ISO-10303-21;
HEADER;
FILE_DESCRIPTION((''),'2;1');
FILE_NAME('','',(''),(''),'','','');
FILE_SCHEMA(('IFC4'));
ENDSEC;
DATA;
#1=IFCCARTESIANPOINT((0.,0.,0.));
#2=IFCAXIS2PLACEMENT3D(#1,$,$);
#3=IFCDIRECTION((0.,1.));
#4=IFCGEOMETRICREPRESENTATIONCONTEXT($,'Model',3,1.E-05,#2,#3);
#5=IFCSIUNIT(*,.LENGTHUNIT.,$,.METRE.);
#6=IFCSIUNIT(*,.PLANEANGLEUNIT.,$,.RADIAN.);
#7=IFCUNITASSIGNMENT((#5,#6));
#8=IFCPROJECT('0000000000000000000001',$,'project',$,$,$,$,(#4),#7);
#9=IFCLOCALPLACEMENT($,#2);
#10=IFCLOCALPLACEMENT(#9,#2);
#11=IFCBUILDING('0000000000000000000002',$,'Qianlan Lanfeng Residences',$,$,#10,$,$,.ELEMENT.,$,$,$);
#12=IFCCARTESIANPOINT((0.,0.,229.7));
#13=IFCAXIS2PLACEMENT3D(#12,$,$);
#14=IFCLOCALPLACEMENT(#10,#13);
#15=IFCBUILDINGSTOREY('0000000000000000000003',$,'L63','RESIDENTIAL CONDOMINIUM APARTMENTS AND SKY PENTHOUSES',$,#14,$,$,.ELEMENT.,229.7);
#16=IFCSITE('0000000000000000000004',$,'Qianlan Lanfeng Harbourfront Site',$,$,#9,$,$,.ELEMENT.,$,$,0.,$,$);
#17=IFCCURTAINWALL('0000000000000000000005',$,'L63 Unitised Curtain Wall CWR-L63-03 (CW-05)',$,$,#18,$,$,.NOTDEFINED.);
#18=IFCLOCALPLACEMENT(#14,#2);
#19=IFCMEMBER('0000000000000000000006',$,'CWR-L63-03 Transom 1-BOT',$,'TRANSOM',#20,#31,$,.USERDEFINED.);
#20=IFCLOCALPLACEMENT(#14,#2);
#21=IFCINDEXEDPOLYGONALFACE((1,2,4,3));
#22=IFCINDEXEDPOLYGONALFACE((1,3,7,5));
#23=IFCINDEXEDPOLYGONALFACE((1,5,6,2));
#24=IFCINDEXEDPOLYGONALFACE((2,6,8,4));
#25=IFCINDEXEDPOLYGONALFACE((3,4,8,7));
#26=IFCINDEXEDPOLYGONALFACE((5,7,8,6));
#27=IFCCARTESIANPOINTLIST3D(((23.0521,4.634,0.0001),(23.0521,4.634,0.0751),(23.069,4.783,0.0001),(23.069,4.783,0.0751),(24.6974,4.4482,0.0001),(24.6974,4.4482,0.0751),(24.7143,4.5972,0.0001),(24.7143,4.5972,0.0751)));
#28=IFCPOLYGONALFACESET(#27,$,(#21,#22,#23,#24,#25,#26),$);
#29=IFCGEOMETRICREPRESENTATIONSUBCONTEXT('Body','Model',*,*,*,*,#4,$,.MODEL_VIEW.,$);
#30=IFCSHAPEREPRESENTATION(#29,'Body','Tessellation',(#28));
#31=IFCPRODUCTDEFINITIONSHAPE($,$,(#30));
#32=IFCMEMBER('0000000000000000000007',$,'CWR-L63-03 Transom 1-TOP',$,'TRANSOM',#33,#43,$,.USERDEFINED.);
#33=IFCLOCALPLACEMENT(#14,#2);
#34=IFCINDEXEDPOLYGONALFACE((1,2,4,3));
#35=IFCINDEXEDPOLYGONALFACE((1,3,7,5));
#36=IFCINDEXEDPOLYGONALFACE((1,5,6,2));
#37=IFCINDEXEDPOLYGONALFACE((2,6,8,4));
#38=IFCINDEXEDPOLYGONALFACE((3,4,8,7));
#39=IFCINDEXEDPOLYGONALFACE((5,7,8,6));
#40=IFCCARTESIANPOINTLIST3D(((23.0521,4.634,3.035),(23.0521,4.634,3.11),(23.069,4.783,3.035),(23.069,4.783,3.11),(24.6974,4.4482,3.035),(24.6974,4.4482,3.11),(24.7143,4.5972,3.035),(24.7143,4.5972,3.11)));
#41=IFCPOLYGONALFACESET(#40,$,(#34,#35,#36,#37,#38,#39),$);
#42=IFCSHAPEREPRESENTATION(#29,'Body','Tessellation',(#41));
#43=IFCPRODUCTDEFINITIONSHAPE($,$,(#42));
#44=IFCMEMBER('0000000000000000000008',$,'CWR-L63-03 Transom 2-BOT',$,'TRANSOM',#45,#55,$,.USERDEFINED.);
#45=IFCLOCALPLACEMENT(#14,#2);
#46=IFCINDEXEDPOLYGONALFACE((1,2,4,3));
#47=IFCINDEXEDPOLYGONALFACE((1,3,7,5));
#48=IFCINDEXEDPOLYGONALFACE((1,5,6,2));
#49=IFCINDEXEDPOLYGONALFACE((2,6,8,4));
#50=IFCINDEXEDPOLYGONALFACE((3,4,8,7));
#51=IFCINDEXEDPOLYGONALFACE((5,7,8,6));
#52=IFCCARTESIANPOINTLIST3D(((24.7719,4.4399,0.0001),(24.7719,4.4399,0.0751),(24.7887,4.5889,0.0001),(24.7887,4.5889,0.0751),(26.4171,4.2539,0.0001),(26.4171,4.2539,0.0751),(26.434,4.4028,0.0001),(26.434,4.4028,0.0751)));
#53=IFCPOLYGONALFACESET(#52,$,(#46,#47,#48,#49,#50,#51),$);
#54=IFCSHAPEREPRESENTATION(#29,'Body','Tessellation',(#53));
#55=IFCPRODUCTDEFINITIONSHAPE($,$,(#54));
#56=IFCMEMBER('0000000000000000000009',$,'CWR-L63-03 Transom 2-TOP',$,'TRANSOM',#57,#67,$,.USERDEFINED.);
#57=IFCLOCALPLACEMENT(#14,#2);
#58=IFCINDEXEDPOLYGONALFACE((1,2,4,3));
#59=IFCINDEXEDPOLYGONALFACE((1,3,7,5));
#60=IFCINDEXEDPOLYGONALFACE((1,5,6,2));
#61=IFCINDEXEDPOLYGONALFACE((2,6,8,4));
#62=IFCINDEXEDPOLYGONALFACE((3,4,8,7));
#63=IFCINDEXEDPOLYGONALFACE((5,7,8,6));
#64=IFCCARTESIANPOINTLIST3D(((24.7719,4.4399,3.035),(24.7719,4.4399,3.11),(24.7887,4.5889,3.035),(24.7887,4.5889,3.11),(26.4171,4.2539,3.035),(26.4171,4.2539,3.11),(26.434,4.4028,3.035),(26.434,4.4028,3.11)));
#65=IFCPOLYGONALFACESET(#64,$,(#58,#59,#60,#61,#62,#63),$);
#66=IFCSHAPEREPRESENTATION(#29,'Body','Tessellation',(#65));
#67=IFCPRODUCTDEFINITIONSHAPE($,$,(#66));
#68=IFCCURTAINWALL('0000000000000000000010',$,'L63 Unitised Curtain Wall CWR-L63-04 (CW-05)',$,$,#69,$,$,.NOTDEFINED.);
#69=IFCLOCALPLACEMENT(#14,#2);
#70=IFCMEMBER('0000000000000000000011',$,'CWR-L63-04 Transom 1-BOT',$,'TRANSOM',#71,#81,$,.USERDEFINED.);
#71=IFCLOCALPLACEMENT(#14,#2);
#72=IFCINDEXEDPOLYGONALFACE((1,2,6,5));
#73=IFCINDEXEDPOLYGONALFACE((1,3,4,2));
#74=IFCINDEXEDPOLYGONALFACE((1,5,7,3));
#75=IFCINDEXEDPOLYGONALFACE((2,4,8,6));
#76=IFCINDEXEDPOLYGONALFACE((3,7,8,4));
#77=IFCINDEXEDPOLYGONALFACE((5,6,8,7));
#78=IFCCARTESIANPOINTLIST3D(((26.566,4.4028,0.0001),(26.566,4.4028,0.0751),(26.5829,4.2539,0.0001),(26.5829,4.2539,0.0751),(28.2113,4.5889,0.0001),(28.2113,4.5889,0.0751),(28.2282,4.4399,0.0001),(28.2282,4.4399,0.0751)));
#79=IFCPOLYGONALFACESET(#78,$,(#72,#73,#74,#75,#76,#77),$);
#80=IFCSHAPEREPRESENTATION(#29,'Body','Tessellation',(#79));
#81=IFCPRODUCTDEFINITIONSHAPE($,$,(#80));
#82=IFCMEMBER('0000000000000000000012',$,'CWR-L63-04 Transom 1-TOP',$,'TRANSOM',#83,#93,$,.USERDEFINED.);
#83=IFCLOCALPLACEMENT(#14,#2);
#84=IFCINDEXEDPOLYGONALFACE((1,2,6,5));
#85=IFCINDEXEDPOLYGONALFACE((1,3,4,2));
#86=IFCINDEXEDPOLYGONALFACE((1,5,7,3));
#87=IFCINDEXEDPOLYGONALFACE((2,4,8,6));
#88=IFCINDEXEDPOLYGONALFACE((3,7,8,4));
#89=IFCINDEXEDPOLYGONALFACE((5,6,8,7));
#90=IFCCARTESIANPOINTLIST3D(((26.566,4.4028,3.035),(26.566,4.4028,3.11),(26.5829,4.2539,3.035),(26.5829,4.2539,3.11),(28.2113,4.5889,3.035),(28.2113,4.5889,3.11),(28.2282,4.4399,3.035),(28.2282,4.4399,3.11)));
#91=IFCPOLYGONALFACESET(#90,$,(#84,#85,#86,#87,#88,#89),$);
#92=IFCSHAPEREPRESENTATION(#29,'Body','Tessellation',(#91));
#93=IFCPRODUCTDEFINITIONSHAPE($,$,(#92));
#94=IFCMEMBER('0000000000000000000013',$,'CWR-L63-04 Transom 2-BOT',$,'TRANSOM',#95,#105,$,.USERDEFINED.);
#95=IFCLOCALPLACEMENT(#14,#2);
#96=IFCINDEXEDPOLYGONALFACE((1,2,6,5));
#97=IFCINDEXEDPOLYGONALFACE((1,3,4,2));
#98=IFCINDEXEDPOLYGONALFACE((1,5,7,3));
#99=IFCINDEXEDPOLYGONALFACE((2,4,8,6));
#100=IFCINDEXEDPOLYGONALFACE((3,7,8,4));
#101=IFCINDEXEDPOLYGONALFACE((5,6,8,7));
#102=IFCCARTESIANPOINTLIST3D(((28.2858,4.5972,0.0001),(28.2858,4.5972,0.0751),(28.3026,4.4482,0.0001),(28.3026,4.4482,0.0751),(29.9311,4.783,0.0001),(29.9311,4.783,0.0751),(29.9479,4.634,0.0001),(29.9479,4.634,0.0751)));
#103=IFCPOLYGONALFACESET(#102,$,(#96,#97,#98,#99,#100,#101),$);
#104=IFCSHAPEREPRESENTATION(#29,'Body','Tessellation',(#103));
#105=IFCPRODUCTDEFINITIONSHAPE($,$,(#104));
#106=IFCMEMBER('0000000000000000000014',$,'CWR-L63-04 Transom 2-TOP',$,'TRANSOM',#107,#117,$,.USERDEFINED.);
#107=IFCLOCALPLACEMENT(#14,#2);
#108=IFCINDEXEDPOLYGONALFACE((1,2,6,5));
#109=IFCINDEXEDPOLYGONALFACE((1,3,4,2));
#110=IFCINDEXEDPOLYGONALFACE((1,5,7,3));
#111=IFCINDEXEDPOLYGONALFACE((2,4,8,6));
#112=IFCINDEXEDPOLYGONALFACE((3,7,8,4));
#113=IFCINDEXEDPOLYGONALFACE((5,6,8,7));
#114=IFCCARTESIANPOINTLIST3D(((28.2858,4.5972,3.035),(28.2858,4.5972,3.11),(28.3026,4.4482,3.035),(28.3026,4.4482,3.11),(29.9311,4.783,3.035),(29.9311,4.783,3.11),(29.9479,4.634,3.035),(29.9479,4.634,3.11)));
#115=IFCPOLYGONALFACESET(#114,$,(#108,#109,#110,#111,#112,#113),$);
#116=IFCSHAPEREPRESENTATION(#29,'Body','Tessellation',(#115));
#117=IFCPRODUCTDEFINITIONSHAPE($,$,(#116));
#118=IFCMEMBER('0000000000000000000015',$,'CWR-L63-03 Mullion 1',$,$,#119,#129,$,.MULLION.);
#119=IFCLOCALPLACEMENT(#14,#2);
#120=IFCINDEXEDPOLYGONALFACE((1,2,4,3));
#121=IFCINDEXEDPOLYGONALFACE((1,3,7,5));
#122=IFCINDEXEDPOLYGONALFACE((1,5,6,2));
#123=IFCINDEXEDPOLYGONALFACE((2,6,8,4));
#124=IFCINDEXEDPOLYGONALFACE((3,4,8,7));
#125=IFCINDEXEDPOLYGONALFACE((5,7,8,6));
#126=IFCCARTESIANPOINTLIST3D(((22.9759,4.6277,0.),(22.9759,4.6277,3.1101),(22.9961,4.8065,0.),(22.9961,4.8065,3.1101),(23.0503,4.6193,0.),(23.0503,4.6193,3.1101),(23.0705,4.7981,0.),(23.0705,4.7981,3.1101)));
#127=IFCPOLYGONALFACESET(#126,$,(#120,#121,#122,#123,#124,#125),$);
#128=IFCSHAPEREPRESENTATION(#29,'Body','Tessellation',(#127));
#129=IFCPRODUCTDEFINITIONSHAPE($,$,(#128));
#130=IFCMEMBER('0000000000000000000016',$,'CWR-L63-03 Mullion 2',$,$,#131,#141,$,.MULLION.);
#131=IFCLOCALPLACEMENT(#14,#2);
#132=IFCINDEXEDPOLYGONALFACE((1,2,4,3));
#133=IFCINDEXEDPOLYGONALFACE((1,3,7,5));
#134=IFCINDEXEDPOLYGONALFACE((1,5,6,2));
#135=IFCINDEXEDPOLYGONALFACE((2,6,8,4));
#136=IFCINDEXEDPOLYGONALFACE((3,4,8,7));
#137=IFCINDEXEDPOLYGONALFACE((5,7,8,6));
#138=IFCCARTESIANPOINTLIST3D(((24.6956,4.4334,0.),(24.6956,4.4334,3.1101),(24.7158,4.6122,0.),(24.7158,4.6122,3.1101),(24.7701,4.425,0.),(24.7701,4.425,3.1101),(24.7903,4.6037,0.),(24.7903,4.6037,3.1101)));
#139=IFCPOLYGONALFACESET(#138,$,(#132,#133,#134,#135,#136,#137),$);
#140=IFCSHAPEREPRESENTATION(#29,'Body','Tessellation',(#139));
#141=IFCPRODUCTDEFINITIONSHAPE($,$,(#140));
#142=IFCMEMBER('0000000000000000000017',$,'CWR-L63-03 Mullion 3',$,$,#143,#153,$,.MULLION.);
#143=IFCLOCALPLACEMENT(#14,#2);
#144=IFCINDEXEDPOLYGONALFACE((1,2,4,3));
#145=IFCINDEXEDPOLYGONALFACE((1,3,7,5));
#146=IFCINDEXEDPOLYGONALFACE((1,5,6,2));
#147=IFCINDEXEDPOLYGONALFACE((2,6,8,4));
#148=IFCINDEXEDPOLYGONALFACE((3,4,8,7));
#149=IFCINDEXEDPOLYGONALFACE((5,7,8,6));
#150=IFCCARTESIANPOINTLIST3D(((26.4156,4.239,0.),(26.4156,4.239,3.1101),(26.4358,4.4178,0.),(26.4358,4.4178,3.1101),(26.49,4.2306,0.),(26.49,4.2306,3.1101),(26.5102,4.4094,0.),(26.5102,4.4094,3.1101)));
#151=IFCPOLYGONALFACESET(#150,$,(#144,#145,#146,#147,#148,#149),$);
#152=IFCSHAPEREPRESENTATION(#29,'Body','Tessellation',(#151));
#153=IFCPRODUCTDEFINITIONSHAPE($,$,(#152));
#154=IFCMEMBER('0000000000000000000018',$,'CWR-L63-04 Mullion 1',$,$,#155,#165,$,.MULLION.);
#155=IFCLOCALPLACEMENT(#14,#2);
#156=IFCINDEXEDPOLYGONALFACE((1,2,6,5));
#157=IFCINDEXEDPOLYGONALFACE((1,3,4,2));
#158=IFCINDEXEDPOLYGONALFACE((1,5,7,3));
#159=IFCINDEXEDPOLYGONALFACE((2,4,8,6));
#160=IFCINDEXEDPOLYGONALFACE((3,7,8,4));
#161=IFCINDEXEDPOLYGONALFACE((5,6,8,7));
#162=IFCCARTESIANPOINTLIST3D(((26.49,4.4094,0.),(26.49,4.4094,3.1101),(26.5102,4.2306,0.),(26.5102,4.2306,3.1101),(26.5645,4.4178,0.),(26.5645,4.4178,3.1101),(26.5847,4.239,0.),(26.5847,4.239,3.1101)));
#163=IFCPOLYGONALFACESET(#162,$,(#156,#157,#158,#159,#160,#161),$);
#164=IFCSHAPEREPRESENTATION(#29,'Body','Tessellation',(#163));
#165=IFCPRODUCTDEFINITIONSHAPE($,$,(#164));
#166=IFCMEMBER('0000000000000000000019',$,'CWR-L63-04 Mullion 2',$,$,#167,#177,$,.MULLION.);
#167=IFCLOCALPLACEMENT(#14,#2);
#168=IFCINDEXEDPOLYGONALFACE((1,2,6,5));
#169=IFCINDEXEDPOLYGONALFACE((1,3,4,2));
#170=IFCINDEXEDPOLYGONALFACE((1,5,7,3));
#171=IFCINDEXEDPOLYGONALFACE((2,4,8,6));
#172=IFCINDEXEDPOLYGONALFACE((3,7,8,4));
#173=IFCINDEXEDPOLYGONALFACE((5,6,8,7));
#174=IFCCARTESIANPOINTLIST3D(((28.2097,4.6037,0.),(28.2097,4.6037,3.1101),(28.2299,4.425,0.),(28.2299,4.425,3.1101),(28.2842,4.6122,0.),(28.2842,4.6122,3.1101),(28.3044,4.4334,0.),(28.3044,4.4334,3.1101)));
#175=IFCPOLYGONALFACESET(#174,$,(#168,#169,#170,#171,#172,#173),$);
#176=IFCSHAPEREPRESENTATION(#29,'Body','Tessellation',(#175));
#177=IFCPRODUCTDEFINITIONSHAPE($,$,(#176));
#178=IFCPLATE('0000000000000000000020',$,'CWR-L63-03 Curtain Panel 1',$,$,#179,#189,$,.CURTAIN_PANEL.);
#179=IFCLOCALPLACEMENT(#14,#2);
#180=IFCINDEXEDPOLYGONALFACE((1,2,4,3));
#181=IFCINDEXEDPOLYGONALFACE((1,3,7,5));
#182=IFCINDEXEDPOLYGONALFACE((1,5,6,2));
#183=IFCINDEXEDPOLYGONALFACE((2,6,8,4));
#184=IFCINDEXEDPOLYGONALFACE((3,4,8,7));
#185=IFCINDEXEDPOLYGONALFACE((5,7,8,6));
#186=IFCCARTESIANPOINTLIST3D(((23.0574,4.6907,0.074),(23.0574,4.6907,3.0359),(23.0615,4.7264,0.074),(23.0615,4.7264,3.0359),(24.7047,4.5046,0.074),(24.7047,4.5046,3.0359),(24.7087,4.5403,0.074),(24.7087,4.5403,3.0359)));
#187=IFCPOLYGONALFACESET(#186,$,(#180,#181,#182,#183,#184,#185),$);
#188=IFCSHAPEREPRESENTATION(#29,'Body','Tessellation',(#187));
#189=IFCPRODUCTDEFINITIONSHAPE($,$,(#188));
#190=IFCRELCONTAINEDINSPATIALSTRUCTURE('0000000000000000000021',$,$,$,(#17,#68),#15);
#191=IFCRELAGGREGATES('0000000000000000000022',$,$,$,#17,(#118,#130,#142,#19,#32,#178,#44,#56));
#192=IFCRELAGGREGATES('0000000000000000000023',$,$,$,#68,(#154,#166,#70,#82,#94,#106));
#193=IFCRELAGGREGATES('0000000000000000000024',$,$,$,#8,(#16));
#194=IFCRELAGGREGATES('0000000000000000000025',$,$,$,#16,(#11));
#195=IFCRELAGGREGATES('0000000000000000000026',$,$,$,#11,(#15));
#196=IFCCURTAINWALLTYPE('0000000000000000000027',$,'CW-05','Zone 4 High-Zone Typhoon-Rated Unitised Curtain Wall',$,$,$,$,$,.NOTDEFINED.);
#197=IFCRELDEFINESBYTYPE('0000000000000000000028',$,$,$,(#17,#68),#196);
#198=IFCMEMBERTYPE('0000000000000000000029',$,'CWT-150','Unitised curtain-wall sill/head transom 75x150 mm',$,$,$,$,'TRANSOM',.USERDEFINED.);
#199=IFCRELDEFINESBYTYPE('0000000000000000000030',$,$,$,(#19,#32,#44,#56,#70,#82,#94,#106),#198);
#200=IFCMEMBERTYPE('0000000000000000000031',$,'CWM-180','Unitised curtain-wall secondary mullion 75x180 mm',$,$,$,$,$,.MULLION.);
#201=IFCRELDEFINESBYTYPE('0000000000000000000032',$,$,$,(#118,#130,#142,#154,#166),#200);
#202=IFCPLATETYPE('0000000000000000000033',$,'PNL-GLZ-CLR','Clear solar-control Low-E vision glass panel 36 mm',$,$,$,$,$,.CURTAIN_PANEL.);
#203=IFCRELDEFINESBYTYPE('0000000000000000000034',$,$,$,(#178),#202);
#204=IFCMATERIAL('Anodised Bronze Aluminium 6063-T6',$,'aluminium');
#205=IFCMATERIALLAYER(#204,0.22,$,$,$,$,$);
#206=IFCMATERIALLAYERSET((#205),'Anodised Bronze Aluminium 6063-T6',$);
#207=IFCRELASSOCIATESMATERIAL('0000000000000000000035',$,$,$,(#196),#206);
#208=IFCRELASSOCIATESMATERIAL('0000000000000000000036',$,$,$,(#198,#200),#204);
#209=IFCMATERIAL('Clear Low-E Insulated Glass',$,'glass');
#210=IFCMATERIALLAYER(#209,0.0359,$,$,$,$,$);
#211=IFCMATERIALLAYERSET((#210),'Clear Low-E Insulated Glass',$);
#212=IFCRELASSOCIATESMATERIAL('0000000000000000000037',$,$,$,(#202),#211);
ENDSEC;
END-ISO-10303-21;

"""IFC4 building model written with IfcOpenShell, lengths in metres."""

from ifc_helpers import new_model, si_unit, direction, frame, origin, origin_2d, place, context, subcontext, project, spatial, rectangle, extrude, source, transform, mapped, material, layer, layer_set, material_profile, profile_set, type_object, element, aggregate, save


model = new_model("IFC4")

# Units and contexts
model_context = context("Model", 3, precision=1e-05, world=origin(), true_north=direction((0.0, 1.0)))
body_context = subcontext(model_context, "Body", "Model", "MODEL_VIEW")
ifc_project = project(units=[si_unit("LENGTHUNIT", "METRE"), si_unit("PLANEANGLEUNIT", "RADIAN")], contexts=[model_context])

# Site, building, storey
site_placement = place(None, origin())
site = spatial("IfcSite", under=ifc_project, at=site_placement, Name="Qianlan Lanfeng Harbourfront Site", CompositionType="ELEMENT", RefElevation=0.0)
building_placement = place(site_placement, origin())
building = spatial("IfcBuilding", under=site, at=building_placement, Name="Qianlan Lanfeng Residences", CompositionType="ELEMENT")
storey_placement = place(building_placement, frame((0.0, 0.0, 229.7)))
storey = spatial("IfcBuildingStorey", under=building, at=storey_placement, Name="L63", Description="RESIDENTIAL CONDOMINIUM APARTMENTS AND SKY PENTHOUSES", CompositionType="ELEMENT", Elevation=229.7)

# Curtain walls, members
ifc_material_1 = material(Name="Anodised Bronze Aluminium 6063-T6", Category="aluminium")
ifc_layer_1 = layer(ifc_material_1, 0.22)
ifc_layer_set_1 = layer_set([ifc_layer_1], Name="Anodised Bronze Aluminium 6063-T6")
curtain_wall_type = type_object("IfcCurtainWallType", Name="CW-05", Description="Zone 4 High-Zone Typhoon-Rated Unitised Curtain Wall", PredefinedType="NOTDEFINED", material=ifc_layer_set_1)
curtain_wall_1_placement = place(storey_placement, origin())
curtain_wall_1 = element("IfcCurtainWall", 1, at=curtain_wall_1_placement, inside=storey, type_object=curtain_wall_type, Name="L63 Unitised Curtain Wall CWR-L63-03 (CW-05)", PredefinedType="NOTDEFINED")
ifc_material_profile_1 = material_profile(ifc_material_1, rectangle(XDim=0.075, YDim=0.1499, at=origin_2d()), Name="ALU TRANSOM 75x150")
ifc_profile_set_1 = profile_set([ifc_material_profile_1], Name="Anodised Bronze Aluminium 6063-T6")
member_type_1 = type_object("IfcMemberType", Name="CWT-150", Description="Unitised curtain-wall sill/head transom 75x150 mm", ElementType="TRANSOM", PredefinedType="USERDEFINED", material=ifc_profile_set_1)
shared_shape_1 = source(origin(), body_context, "Body", "SweptSolid", [
    extrude(rectangle(XDim=0.075, YDim=0.1499, at=origin_2d()), origin(), (0.0, 0.0, 1.0), 1.6558),
])
member_1_placement = place(storey_placement, frame((23.0605, 4.7085, 0.0376), z_axis=(0.993684, -0.112212, 0.0), x_axis=(0.0, 0.0, 1.0)))
member_1 = element("IfcMember", 2, at=member_1_placement, type_object=member_type_1, Name="CWR-L63-03 Transom 1-BOT", ObjectType="TRANSOM", PredefinedType="USERDEFINED", context=body_context, shape_type="MappedRepresentation", body=[
    mapped(shared_shape_1, transform((0.0, 0.0, 0.0), scale=1.0)),
])
member_2_placement = place(storey_placement, frame((23.0605, 4.7085, 3.0725), z_axis=(0.993684, -0.112212, 0.0), x_axis=(0.0, 0.0, 1.0)))
member_2 = element("IfcMember", 3, at=member_2_placement, type_object=member_type_1, Name="CWR-L63-03 Transom 1-TOP", ObjectType="TRANSOM", PredefinedType="USERDEFINED", context=body_context, shape_type="MappedRepresentation", body=[
    mapped(shared_shape_1, transform((0.0, 0.0, 0.0), scale=1.0)),
])
member_3_placement = place(storey_placement, frame((24.7803, 4.5144, 0.0376), z_axis=(0.993668, -0.112357, 0.0), x_axis=(0.0, 0.0, 1.0)))
member_3 = element("IfcMember", 4, at=member_3_placement, type_object=member_type_1, Name="CWR-L63-03 Transom 2-BOT", ObjectType="TRANSOM", PredefinedType="USERDEFINED", context=body_context, shape_type="MappedRepresentation", body=[
    mapped(shared_shape_1, transform((0.0, 0.0, 0.0), scale=1.0)),
])
member_4_placement = place(storey_placement, frame((24.7803, 4.5144, 3.0725), z_axis=(0.993668, -0.112357, 0.0), x_axis=(0.0, 0.0, 1.0)))
member_4 = element("IfcMember", 5, at=member_4_placement, type_object=member_type_1, Name="CWR-L63-03 Transom 2-TOP", ObjectType="TRANSOM", PredefinedType="USERDEFINED", context=body_context, shape_type="MappedRepresentation", body=[
    mapped(shared_shape_1, transform((0.0, 0.0, 0.0), scale=1.0)),
])
curtain_wall_2_placement = place(storey_placement, origin())
curtain_wall_2 = element("IfcCurtainWall", 6, at=curtain_wall_2_placement, inside=storey, type_object=curtain_wall_type, Name="L63 Unitised Curtain Wall CWR-L63-04 (CW-05)", PredefinedType="NOTDEFINED")
member_5_placement = place(storey_placement, frame((26.5745, 4.3284, 0.0376), z_axis=(0.993668, 0.112357, 0.0), x_axis=(0.0, 0.0, 1.0)))
member_5 = element("IfcMember", 7, at=member_5_placement, type_object=member_type_1, Name="CWR-L63-04 Transom 1-BOT", ObjectType="TRANSOM", PredefinedType="USERDEFINED", context=body_context, shape_type="MappedRepresentation", body=[
    mapped(shared_shape_1, transform((0.0, 0.0, 0.0), scale=1.0)),
])
member_6_placement = place(storey_placement, frame((26.5745, 4.3284, 3.0725), z_axis=(0.993668, 0.112357, 0.0), x_axis=(0.0, 0.0, 1.0)))
member_6 = element("IfcMember", 8, at=member_6_placement, type_object=member_type_1, Name="CWR-L63-04 Transom 1-TOP", ObjectType="TRANSOM", PredefinedType="USERDEFINED", context=body_context, shape_type="MappedRepresentation", body=[
    mapped(shared_shape_1, transform((0.0, 0.0, 0.0), scale=1.0)),
])
member_7_placement = place(storey_placement, frame((28.2942, 4.5227, 0.0376), z_axis=(0.993684, 0.112212, 0.0), x_axis=(0.0, 0.0, 1.0)))
member_7 = element("IfcMember", 9, at=member_7_placement, type_object=member_type_1, Name="CWR-L63-04 Transom 2-BOT", ObjectType="TRANSOM", PredefinedType="USERDEFINED", context=body_context, shape_type="MappedRepresentation", body=[
    mapped(shared_shape_1, transform((0.0, 0.0, 0.0), scale=1.0)),
])
member_8_placement = place(storey_placement, frame((28.2942, 4.5227, 3.0725), z_axis=(0.993684, 0.112212, 0.0), x_axis=(0.0, 0.0, 1.0)))
member_8 = element("IfcMember", 10, at=member_8_placement, type_object=member_type_1, Name="CWR-L63-04 Transom 2-TOP", ObjectType="TRANSOM", PredefinedType="USERDEFINED", context=body_context, shape_type="MappedRepresentation", body=[
    mapped(shared_shape_1, transform((0.0, 0.0, 0.0), scale=1.0)),
])

# Members
ifc_material_profile_2 = material_profile(ifc_material_1, rectangle(XDim=0.075, YDim=0.1799, at=origin_2d()), Name="ALU MULLION 75x180")
ifc_profile_set_2 = profile_set([ifc_material_profile_2], Name="Anodised Bronze Aluminium 6063-T6")
member_type_2 = type_object("IfcMemberType", Name="CWM-180", Description="Unitised curtain-wall secondary mullion 75x180 mm", PredefinedType="MULLION", material=ifc_profile_set_2)
shared_shape_2 = source(origin(), body_context, "Body", "SweptSolid", [
    extrude(rectangle(XDim=0.075, YDim=0.1799, at=origin_2d()), origin(), (0.0, 0.0, 1.0), 3.1101),
])
member_9_placement = place(storey_placement, frame((23.0232, 4.7129, 0.0), z_axis=(0.0, 0.0, 1.0), x_axis=(0.993678, -0.112263, 0.0)))
member_9 = element("IfcMember", 11, at=member_9_placement, type_object=member_type_2, Name="CWR-L63-03 Mullion 1", PredefinedType="MULLION", context=body_context, shape_type="MappedRepresentation", body=[
    mapped(shared_shape_2, transform((0.0, 0.0, 0.0), scale=1.0)),
])
member_10_placement = place(storey_placement, frame((24.7429, 4.5186, 0.0), z_axis=(0.0, 0.0, 1.0), x_axis=(0.993678, -0.112263, 0.0)))
member_10 = element("IfcMember", 12, at=member_10_placement, type_object=member_type_2, Name="CWR-L63-03 Mullion 2", PredefinedType="MULLION", context=body_context, shape_type="MappedRepresentation", body=[
    mapped(shared_shape_2, transform((0.0, 0.0, 0.0), scale=1.0)),
])
member_11_placement = place(storey_placement, frame((26.4629, 4.3242, 0.0), z_axis=(0.0, 0.0, 1.0), x_axis=(0.993678, -0.112263, 0.0)))
member_11 = element("IfcMember", 13, at=member_11_placement, type_object=member_type_2, Name="CWR-L63-03 Mullion 3", PredefinedType="MULLION", context=body_context, shape_type="MappedRepresentation", body=[
    mapped(shared_shape_2, transform((0.0, 0.0, 0.0), scale=1.0)),
])
member_12_placement = place(storey_placement, frame((26.5374, 4.3242, 0.0), z_axis=(0.0, 0.0, 1.0), x_axis=(0.993678, 0.112263, 0.0)))
member_12 = element("IfcMember", 14, at=member_12_placement, type_object=member_type_2, Name="CWR-L63-04 Mullion 1", PredefinedType="MULLION", context=body_context, shape_type="MappedRepresentation", body=[
    mapped(shared_shape_2, transform((0.0, 0.0, 0.0), scale=1.0)),
])
member_13_placement = place(storey_placement, frame((28.2571, 4.5186, 0.0), z_axis=(0.0, 0.0, 1.0), x_axis=(0.993678, 0.112263, 0.0)))
member_13 = element("IfcMember", 15, at=member_13_placement, type_object=member_type_2, Name="CWR-L63-04 Mullion 2", PredefinedType="MULLION", context=body_context, shape_type="MappedRepresentation", body=[
    mapped(shared_shape_2, transform((0.0, 0.0, 0.0), scale=1.0)),
])

# Plate
ifc_material_2 = material(Name="Clear Low-E Insulated Glass", Category="glass")
ifc_layer_2 = layer(ifc_material_2, 0.0359)
ifc_layer_set_2 = layer_set([ifc_layer_2], Name="Clear Low-E Insulated Glass")
plate_type_1 = type_object("IfcPlateType", Name="PNL-GLZ-CLR", Description="Clear solar-control Low-E vision glass panel 36 mm", PredefinedType="CURTAIN_PANEL", material=ifc_layer_set_2)
shared_shape_3 = source(origin(), body_context, "Body", "SweptSolid", [
    extrude(rectangle(XDim=1.6577, YDim=0.0359, at=origin_2d()), origin(), (0.0, 0.0, 1.0), 2.9619),
])
plate_1_placement = place(storey_placement, frame((23.8831, 4.6155, 0.074), z_axis=(0.0, 0.0, 1.0), x_axis=(0.993678, -0.112263, 0.0)))
plate_1 = element("IfcPlate", 16, at=plate_1_placement, type_object=plate_type_1, Name="CWR-L63-03 Curtain Panel 1", PredefinedType="CURTAIN_PANEL", context=body_context, shape_type="MappedRepresentation", body=[
    mapped(shared_shape_3, transform((0.0, 0.0, 0.0), scale=1.0)),
])
aggregate(curtain_wall_1, [member_9, member_10, member_11, member_1, member_2, plate_1, member_3, member_4])
aggregate(curtain_wall_2, [member_12, member_13, member_5, member_6, member_7, member_8])

save(model, "model.ifc")
